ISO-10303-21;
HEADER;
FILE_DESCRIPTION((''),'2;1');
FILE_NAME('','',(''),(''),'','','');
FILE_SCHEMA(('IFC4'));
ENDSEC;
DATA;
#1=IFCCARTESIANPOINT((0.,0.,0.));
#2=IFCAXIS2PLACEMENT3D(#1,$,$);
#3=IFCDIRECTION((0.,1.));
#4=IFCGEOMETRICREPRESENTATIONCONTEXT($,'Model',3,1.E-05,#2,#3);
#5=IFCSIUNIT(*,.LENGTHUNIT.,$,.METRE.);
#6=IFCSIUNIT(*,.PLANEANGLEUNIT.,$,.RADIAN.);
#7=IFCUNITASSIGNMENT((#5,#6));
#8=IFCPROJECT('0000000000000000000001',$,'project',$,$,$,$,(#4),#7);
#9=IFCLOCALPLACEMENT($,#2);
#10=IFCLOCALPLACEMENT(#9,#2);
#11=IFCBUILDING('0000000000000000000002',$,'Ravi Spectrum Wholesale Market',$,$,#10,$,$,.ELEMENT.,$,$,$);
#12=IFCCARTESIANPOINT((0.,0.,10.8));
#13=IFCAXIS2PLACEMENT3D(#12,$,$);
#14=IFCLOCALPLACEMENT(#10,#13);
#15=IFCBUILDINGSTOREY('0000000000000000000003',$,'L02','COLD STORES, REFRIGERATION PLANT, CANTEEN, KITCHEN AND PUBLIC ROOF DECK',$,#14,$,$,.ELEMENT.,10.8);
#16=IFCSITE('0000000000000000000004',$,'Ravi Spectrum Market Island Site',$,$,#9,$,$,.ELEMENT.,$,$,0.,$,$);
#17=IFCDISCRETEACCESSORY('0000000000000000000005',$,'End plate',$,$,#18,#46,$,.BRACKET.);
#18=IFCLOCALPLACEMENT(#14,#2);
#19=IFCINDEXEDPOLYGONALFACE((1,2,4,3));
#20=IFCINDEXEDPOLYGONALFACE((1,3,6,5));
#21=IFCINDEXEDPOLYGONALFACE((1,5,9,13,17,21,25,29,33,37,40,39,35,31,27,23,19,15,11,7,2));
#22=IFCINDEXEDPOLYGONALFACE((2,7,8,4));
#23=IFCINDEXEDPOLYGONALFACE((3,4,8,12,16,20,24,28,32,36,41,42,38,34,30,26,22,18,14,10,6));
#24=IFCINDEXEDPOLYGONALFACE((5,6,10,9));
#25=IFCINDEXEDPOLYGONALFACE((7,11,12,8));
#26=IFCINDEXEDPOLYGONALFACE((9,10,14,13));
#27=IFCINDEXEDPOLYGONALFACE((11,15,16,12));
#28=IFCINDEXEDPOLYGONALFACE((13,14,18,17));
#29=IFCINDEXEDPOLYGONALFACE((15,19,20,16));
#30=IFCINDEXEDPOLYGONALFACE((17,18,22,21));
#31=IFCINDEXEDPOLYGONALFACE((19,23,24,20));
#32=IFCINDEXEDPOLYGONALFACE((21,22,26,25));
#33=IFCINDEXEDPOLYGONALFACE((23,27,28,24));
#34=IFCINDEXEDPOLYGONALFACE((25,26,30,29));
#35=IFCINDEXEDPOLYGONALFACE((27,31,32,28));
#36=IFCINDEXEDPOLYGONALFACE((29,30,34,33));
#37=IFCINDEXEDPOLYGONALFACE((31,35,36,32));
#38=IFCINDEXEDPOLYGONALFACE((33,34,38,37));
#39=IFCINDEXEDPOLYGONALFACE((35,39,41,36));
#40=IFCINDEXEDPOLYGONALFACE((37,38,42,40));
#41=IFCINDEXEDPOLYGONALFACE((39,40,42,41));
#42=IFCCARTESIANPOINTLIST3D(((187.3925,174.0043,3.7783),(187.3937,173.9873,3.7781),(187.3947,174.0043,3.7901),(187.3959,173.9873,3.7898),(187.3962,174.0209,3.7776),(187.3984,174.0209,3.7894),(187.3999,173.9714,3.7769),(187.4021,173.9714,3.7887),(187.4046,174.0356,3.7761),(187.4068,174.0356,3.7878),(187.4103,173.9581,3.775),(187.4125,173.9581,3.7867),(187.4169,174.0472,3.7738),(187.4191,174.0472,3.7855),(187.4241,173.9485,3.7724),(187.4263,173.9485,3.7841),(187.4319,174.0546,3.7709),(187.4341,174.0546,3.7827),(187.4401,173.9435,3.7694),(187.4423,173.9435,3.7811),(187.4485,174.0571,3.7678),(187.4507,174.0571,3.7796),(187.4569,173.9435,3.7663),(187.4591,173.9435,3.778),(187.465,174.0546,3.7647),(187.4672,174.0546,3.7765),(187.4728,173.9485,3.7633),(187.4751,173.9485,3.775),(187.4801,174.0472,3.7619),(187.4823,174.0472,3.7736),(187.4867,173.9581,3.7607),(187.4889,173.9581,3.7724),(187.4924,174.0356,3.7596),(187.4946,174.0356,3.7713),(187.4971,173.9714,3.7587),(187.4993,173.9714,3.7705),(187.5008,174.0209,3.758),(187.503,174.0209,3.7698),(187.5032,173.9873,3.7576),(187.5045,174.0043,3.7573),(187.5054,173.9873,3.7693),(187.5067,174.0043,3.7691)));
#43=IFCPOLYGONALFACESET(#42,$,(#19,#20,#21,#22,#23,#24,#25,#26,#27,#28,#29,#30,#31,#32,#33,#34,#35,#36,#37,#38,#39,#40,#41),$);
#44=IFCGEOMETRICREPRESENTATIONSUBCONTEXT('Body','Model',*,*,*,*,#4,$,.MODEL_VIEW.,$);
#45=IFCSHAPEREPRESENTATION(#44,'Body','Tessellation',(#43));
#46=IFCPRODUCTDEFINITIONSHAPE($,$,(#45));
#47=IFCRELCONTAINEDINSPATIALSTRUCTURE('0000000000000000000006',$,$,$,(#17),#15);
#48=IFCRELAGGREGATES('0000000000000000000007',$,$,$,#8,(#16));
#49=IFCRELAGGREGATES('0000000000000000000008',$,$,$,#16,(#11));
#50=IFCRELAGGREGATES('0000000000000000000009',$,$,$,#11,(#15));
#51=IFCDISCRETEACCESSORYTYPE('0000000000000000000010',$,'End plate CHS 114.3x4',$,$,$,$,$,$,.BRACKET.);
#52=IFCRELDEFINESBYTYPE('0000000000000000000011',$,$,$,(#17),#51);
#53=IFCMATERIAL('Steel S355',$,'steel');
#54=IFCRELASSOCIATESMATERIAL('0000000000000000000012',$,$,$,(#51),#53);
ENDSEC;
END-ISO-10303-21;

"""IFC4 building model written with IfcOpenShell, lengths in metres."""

from ifc_helpers import new_model, si_unit, direction, frame, origin, origin_2d, place, context, subcontext, project, spatial, circle, extrude, material, material_profile, profile_set, type_object, element, save


model = new_model("IFC4")

# Units and contexts
model_context = context("Model", 3, precision=1e-05, world=origin(), true_north=direction((0.0, 1.0)))
body_context = subcontext(model_context, "Body", "Model", "MODEL_VIEW")
ifc_project = project(units=[si_unit("LENGTHUNIT", "METRE"), si_unit("PLANEANGLEUNIT", "RADIAN")], contexts=[model_context])

# Site, building, storey
site_placement = place(None, origin())
site = spatial("IfcSite", under=ifc_project, at=site_placement, Name="Ravi Spectrum Market Island Site", CompositionType="ELEMENT", RefElevation=0.0)
building_placement = place(site_placement, origin())
building = spatial("IfcBuilding", under=site, at=building_placement, Name="Ravi Spectrum Wholesale Market", CompositionType="ELEMENT")
storey_placement = place(building_placement, frame((0.0, 0.0, 10.8)))
storey = spatial("IfcBuildingStorey", under=building, at=storey_placement, Name="L02", Description="COLD STORES, REFRIGERATION PLANT, CANTEEN, KITCHEN AND PUBLIC ROOF DECK", CompositionType="ELEMENT", Elevation=10.8)

# Discrete accessory
ifc_material_1 = material(Name="Steel S355", Category="steel")
ifc_material_profile_1 = material_profile(ifc_material_1, circle(Radius=0.0571, at=origin_2d()))
ifc_profile_set_1 = profile_set([ifc_material_profile_1], Name="Steel S355")
discrete_accessory_type = type_object("IfcDiscreteAccessoryType", Name="End plate CHS 114.3x4", PredefinedType="BRACKET", material=ifc_profile_set_1)
discrete_accessory_placement = place(storey_placement, frame((187.4485, 174.0, 3.7678), z_axis=(0.184289, 0.0, 0.982872), x_axis=(0.0, 1.0, 0.0)))
element("IfcDiscreteAccessory", 1, at=discrete_accessory_placement, inside=storey, type_object=discrete_accessory_type, Name="End plate", PredefinedType="BRACKET", context=body_context, shape_type="SweptSolid", body=[
    extrude(circle(Radius=0.0571, at=origin_2d()), origin(), (0.0, 0.0, 1.0), 0.012),
])

save(model, "model.ifc")
